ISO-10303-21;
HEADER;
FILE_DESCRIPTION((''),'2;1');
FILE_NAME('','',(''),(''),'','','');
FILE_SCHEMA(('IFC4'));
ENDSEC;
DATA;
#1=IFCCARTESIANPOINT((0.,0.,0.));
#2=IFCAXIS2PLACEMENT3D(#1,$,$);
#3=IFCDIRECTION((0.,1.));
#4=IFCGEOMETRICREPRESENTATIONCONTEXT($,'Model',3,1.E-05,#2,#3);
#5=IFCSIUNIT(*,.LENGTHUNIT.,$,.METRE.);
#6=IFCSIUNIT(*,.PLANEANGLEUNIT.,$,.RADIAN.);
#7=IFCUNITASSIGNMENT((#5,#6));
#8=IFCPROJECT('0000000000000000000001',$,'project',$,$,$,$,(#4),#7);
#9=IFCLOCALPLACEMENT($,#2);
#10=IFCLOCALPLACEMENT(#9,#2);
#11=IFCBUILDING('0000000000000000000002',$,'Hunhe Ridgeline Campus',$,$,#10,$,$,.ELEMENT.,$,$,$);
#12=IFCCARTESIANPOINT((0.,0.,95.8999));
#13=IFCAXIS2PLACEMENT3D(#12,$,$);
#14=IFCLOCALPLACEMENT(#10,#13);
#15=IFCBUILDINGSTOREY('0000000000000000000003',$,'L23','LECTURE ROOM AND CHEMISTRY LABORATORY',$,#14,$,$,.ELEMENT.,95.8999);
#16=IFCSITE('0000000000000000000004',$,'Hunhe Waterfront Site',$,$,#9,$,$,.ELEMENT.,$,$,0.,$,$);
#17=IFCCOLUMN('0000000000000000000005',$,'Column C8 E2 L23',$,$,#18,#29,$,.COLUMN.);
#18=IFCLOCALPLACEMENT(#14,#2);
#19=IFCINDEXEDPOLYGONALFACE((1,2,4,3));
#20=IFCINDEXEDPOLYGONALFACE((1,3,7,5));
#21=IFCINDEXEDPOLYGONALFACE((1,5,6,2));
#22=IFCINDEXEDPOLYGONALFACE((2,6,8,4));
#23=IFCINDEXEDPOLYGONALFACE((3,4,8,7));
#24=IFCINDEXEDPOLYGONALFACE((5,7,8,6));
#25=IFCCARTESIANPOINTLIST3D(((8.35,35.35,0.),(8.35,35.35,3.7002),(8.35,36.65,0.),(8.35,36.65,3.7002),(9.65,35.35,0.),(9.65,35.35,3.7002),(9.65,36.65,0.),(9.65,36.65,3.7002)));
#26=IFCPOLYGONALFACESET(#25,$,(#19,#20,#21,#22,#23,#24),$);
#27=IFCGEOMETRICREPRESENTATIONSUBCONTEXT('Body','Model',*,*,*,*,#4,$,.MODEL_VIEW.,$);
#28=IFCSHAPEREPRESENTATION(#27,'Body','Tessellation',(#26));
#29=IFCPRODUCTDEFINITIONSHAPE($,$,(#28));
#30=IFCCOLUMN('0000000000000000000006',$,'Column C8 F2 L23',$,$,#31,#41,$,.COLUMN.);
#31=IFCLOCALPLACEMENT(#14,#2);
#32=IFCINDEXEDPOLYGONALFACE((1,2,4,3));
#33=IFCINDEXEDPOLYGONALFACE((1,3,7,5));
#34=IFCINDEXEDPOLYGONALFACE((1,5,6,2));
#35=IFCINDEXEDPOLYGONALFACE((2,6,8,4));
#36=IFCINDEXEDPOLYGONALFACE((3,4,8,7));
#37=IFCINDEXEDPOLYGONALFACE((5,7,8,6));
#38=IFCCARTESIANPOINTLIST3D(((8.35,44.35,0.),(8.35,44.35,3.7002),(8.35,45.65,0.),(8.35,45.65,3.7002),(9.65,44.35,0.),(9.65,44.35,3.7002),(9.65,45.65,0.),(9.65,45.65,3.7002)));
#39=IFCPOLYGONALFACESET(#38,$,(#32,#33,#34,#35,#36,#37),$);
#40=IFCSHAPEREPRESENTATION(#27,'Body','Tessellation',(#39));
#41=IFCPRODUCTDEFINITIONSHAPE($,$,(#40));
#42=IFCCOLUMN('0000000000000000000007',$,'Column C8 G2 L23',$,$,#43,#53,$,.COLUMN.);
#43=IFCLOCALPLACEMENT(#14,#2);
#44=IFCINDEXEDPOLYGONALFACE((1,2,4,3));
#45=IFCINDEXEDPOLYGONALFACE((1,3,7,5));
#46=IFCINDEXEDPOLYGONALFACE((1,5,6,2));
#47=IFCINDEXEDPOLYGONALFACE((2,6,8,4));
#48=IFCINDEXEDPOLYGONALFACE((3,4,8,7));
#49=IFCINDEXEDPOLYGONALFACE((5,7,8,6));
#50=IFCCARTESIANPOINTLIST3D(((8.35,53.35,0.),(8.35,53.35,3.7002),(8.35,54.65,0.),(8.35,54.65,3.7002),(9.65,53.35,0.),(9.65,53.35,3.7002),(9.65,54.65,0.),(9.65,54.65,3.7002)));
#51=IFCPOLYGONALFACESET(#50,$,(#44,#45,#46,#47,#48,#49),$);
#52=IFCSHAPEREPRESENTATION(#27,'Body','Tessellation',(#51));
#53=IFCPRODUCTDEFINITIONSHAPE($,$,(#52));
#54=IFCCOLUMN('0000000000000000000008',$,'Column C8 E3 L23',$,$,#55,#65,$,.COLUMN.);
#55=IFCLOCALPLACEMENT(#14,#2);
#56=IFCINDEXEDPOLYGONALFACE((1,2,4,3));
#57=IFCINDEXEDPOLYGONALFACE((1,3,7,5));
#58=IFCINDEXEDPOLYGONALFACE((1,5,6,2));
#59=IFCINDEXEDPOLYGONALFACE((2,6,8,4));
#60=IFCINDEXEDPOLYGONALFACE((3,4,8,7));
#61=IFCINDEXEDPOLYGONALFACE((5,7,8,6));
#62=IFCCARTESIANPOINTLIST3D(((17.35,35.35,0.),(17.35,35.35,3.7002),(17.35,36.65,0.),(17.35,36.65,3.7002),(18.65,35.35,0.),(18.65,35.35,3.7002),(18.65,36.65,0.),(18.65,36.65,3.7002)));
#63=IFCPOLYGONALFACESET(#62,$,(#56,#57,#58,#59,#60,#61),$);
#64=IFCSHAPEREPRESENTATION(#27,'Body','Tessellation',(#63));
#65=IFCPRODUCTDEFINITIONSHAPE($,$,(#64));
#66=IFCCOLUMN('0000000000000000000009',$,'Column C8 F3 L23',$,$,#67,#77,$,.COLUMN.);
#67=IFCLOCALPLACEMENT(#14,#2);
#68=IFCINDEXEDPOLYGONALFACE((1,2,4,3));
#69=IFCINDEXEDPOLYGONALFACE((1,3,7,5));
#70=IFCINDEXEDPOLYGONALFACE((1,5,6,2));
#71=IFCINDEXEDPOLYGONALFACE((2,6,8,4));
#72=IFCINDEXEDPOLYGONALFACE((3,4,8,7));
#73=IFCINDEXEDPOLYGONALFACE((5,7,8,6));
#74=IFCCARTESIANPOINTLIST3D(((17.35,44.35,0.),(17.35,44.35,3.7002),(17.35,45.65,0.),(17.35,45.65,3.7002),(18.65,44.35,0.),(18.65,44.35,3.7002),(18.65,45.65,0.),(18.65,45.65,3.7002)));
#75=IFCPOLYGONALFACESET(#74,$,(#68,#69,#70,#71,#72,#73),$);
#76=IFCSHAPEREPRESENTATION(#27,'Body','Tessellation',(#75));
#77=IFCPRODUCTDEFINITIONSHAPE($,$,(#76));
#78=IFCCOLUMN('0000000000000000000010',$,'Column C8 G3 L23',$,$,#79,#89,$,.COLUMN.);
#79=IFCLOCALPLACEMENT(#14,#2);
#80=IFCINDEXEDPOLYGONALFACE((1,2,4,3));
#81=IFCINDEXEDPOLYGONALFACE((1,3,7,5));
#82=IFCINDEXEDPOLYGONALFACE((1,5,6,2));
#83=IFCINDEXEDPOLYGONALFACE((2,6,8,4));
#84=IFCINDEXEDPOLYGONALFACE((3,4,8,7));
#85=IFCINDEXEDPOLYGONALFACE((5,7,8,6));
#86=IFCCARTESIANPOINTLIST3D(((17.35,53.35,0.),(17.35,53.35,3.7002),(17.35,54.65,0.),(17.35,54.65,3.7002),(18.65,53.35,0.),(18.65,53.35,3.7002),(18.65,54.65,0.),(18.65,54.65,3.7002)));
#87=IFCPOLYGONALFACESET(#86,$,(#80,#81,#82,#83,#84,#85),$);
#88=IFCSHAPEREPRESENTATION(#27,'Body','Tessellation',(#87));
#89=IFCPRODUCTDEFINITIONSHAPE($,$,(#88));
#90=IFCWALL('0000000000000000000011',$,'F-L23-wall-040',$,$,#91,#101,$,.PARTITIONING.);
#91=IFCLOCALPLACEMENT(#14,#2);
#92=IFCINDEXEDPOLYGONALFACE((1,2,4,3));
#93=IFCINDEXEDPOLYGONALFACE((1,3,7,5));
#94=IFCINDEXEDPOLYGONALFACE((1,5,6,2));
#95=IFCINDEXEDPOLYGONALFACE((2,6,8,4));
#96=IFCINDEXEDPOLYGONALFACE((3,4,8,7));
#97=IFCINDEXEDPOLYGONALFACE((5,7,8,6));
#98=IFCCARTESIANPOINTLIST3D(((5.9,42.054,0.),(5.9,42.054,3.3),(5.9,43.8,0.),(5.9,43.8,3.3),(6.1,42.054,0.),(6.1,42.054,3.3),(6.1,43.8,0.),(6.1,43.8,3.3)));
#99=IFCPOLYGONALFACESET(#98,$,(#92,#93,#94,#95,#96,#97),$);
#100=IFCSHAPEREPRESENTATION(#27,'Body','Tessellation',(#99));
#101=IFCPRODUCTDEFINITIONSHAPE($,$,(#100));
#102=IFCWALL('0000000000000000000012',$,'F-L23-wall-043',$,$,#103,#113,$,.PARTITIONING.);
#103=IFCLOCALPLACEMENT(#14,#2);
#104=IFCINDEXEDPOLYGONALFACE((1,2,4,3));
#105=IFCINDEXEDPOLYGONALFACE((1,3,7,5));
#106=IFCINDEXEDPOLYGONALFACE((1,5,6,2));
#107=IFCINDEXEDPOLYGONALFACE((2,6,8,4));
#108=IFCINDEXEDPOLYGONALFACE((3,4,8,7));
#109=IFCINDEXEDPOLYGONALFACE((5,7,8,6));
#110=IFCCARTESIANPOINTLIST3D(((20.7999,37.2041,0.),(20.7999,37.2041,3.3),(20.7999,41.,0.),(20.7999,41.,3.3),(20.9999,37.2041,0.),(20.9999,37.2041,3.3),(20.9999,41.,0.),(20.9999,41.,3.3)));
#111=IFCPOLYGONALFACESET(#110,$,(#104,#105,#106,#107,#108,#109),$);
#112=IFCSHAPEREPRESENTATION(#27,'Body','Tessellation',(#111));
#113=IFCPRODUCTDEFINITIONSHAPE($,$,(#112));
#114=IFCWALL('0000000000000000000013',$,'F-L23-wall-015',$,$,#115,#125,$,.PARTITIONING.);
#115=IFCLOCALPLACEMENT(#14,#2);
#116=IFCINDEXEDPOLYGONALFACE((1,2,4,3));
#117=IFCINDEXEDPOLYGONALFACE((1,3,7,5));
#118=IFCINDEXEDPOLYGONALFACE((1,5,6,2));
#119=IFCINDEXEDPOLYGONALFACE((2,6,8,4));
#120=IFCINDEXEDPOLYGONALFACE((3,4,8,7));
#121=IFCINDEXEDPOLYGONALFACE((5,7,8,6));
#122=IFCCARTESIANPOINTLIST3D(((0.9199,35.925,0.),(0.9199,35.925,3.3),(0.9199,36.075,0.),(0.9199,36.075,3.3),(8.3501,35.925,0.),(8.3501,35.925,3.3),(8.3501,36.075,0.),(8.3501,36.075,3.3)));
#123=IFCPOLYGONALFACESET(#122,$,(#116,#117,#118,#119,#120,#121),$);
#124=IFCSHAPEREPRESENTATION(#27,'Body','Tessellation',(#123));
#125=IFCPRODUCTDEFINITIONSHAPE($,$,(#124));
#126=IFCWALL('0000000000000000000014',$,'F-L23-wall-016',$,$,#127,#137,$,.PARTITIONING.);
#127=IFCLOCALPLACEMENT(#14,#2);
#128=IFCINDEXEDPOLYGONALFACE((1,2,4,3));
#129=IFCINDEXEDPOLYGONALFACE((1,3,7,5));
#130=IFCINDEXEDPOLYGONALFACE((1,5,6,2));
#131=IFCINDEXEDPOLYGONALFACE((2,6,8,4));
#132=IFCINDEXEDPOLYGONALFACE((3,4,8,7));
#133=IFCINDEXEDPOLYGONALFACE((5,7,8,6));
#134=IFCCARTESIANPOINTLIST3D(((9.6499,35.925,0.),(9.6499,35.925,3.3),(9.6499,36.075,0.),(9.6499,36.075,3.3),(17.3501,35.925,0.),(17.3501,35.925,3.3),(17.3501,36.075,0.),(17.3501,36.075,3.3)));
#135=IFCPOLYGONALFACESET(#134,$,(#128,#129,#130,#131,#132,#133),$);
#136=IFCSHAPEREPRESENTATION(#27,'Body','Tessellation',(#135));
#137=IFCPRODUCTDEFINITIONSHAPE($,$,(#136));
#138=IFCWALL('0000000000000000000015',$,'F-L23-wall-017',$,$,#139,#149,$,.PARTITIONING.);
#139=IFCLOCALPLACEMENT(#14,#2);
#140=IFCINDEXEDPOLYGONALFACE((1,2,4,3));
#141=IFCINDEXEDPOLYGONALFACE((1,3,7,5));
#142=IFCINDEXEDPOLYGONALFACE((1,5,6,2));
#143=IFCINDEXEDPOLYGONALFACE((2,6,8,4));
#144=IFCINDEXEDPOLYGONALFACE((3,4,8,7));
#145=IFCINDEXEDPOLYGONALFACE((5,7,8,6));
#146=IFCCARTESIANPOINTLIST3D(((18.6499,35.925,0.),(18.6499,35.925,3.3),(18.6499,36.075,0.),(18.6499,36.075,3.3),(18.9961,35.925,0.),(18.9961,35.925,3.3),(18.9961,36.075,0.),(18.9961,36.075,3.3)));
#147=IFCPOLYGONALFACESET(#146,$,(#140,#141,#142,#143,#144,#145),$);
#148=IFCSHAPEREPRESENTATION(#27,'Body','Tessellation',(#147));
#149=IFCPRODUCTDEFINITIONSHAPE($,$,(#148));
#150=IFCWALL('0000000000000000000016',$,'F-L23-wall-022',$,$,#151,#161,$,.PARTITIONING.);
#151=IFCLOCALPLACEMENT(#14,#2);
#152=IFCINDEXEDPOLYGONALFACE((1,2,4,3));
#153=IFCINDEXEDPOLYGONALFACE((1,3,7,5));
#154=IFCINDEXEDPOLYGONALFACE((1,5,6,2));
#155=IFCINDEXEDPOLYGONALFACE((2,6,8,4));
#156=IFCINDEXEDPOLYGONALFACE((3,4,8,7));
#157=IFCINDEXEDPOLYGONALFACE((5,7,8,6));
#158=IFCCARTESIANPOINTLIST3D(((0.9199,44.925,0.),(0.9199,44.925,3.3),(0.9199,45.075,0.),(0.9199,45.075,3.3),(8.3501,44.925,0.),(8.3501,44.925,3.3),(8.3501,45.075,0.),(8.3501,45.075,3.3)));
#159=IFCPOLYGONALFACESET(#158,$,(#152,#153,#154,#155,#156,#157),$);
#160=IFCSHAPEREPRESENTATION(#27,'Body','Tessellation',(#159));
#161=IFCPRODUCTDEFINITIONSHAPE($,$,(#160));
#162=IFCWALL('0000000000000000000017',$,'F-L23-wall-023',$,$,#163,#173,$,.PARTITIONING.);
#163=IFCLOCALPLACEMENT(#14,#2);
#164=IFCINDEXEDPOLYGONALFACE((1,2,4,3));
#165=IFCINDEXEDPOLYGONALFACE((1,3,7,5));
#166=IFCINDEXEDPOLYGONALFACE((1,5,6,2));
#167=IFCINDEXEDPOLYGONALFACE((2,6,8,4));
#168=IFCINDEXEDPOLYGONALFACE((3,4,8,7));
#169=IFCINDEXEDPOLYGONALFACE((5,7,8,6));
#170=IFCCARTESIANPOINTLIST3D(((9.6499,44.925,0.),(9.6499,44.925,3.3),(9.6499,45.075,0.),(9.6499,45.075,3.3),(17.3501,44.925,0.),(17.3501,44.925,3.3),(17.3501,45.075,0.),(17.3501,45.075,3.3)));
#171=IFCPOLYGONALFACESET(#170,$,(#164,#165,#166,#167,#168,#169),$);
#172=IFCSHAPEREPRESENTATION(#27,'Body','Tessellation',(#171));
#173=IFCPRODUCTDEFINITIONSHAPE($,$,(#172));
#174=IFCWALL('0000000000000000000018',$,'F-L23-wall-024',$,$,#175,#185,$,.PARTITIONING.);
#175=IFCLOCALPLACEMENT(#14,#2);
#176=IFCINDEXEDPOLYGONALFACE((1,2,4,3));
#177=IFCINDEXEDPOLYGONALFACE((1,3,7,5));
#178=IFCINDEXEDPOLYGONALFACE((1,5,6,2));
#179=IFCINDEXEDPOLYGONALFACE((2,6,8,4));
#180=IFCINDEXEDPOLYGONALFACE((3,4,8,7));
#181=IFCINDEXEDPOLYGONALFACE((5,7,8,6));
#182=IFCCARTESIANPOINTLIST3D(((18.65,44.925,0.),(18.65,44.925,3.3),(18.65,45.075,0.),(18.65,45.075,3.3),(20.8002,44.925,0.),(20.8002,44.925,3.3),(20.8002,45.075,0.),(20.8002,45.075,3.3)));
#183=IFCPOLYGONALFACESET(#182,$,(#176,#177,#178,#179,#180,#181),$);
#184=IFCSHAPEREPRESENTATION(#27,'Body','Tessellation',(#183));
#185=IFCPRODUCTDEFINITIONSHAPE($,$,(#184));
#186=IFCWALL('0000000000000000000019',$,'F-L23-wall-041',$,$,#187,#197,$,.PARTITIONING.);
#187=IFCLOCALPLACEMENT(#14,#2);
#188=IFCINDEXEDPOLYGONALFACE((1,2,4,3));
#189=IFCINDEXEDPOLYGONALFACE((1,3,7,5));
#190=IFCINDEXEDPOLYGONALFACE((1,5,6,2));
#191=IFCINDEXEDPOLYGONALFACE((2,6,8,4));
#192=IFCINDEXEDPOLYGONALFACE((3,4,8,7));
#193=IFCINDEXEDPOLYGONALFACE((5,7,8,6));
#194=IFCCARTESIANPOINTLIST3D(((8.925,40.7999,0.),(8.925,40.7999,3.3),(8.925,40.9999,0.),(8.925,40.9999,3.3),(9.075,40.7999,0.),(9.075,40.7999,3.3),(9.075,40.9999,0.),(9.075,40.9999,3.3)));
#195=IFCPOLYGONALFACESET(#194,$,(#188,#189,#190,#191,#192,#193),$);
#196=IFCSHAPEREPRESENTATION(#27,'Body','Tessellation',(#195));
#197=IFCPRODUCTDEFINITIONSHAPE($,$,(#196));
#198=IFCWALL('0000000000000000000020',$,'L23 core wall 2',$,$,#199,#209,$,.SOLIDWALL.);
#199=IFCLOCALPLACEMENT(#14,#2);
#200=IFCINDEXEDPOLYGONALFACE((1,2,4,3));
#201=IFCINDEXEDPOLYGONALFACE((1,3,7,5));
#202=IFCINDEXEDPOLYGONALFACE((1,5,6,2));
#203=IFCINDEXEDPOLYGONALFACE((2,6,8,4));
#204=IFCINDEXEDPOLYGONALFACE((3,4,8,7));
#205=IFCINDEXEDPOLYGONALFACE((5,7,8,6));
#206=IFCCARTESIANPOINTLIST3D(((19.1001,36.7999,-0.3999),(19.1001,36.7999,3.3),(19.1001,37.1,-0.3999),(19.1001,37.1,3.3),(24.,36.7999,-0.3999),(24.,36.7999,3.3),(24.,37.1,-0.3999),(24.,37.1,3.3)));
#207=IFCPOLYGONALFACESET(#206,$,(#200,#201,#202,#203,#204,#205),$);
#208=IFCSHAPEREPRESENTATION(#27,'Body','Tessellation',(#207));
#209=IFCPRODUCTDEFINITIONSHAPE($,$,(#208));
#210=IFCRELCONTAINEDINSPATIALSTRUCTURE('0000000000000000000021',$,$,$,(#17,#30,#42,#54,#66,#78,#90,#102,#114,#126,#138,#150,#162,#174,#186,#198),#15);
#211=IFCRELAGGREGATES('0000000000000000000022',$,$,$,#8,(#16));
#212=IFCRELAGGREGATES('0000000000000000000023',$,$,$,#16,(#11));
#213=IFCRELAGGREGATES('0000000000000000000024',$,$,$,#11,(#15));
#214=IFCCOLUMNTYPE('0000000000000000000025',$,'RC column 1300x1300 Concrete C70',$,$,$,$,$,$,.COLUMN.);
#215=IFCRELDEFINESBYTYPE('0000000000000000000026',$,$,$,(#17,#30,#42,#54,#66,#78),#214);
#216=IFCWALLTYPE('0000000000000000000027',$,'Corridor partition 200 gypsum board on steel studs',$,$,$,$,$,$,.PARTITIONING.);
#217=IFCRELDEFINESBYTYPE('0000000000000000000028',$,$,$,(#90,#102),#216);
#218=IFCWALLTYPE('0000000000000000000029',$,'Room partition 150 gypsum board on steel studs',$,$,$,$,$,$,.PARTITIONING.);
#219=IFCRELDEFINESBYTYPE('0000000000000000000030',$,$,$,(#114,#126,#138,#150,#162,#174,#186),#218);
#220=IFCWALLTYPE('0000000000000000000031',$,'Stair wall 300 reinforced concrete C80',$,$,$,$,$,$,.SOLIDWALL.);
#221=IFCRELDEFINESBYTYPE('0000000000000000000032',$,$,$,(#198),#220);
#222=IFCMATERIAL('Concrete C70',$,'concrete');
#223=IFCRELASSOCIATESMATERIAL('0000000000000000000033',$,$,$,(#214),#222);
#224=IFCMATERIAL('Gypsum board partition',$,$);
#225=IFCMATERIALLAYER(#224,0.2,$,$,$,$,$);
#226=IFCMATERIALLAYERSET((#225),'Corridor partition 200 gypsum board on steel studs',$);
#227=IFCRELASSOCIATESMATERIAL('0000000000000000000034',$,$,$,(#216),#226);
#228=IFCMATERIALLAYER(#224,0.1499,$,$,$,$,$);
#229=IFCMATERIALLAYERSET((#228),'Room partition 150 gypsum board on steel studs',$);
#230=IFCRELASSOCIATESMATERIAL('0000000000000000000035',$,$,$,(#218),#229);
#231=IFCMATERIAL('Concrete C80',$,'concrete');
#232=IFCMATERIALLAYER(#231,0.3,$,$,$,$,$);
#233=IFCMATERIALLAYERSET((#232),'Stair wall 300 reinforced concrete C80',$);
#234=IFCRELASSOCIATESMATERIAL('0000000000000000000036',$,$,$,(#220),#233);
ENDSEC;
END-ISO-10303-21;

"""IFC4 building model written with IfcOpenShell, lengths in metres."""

from ifc_helpers import new_model, si_unit, direction, frame, frame_2d, origin, origin_2d, place, context, subcontext, project, spatial, rectangle, extrude, material, layer, layer_set, material_profile, profile_set, type_object, element, save


model = new_model("IFC4")

# Units and contexts
model_context = context("Model", 3, precision=1e-05, world=origin(), true_north=direction((0.0, 1.0)))
body_context = subcontext(model_context, "Body", "Model", "MODEL_VIEW")
ifc_project = project(units=[si_unit("LENGTHUNIT", "METRE"), si_unit("PLANEANGLEUNIT", "RADIAN")], contexts=[model_context])

# Site, building, storey
site_placement = place(None, origin())
site = spatial("IfcSite", under=ifc_project, at=site_placement, Name="Hunhe Waterfront Site", CompositionType="ELEMENT", RefElevation=0.0)
building_placement = place(site_placement, origin())
building = spatial("IfcBuilding", under=site, at=building_placement, Name="Hunhe Ridgeline Campus", CompositionType="ELEMENT")
storey_placement = place(building_placement, frame((0.0, 0.0, 95.8999)))
storey = spatial("IfcBuildingStorey", under=building, at=storey_placement, Name="L23", Description="LECTURE ROOM AND CHEMISTRY LABORATORY", CompositionType="ELEMENT", Elevation=95.8999)

# Columns
ifc_material_1 = material(Name="Concrete C70", Category="concrete")
ifc_material_profile = material_profile(ifc_material_1, rectangle(XDim=1.3, YDim=1.3, at=origin_2d()))
ifc_profile_set = profile_set([ifc_material_profile], Name="Concrete C70")
column_type = type_object("IfcColumnType", Name="RC column 1300x1300 Concrete C70", PredefinedType="COLUMN", material=ifc_profile_set)
for number, where, z_axis, x_axis, name in (
    (1, (9.0, 36.0, 0.0), (0.0, 0.0, 1.0), (1.0, 0.0, 0.0), "Column C8 E2 L23"),
    (2, (9.0, 45.0, 0.0), (0.0, 0.0, 1.0), (1.0, 0.0, 0.0), "Column C8 F2 L23"),
    (3, (9.0, 54.0, 0.0), (0.0, 0.0, 1.0), (1.0, 0.0, 0.0), "Column C8 G2 L23"),
    (4, (18.0, 36.0, 0.0), (0.0, 0.0, 1.0), (1.0, 0.0, 0.0), "Column C8 E3 L23"),
    (5, (18.0, 45.0, 0.0), (0.0, 0.0, 1.0), (1.0, 0.0, 0.0), "Column C8 F3 L23"),
    (6, (18.0, 54.0, 0.0), (0.0, 0.0, 1.0), (1.0, 0.0, 0.0), "Column C8 G3 L23"),
):
    element("IfcColumn", number, at=place(storey_placement, frame(where, z_axis=z_axis, x_axis=x_axis)), inside=storey, type_object=column_type, Name=name, PredefinedType="COLUMN", context=body_context, shape_type="SweptSolid", body=[
        extrude(rectangle(XDim=1.3, YDim=1.3, at=origin_2d()), origin(), (0.0, 0.0, 1.0), 3.7002),
    ])

# Shared definitions
ifc_material_2 = material(Name="Gypsum board partition")
ifc_layer_1 = layer(ifc_material_2, 0.2)
ifc_layer_set_1 = layer_set([ifc_layer_1], Name="Corridor partition 200 gypsum board on steel studs")
wall_type_1 = type_object("IfcWallType", Name="Corridor partition 200 gypsum board on steel studs", PredefinedType="PARTITIONING", material=ifc_layer_set_1)

# Walls
wall_1_placement = place(storey_placement, frame((6.0, 42.054, 0.0), z_axis=(0.0, 0.0, 1.0), x_axis=(0.0, 1.0, 0.0)))
element("IfcWall", 7, at=wall_1_placement, inside=storey, type_object=wall_type_1, Name="F-L23-wall-040", PredefinedType="PARTITIONING", context=body_context, shape_type="SweptSolid", body=[
    extrude(rectangle(XDim=1.7461, YDim=0.2, at=frame_2d((0.873, 0.0))), origin(), (0.0, 0.0, 1.0), 3.3),
])
wall_2_placement = place(storey_placement, frame((20.8999, 37.2041, 0.0), z_axis=(0.0, 0.0, 1.0), x_axis=(0.0, 1.0, 0.0)))
element("IfcWall", 8, at=wall_2_placement, inside=storey, type_object=wall_type_1, Name="F-L23-wall-043", PredefinedType="PARTITIONING", context=body_context, shape_type="SweptSolid", body=[
    extrude(rectangle(XDim=3.7959, YDim=0.2, at=frame_2d((1.8979, 0.0))), origin(), (0.0, 0.0, 1.0), 3.3),
])
ifc_layer_2 = layer(ifc_material_2, 0.1499)
ifc_layer_set_2 = layer_set([ifc_layer_2], Name="Room partition 150 gypsum board on steel studs")
wall_type_2 = type_object("IfcWallType", Name="Room partition 150 gypsum board on steel studs", PredefinedType="PARTITIONING", material=ifc_layer_set_2)
wall_3_placement = place(storey_placement, frame((0.9199, 36.0, 0.0), z_axis=(0.0, 0.0, 1.0), x_axis=(1.0, 0.0, 0.0)))
element("IfcWall", 9, at=wall_3_placement, inside=storey, type_object=wall_type_2, Name="F-L23-wall-015", PredefinedType="PARTITIONING", context=body_context, shape_type="SweptSolid", body=[
    extrude(rectangle(XDim=7.4302, YDim=0.1499, at=frame_2d((3.7151, 0.0))), origin(), (0.0, 0.0, 1.0), 3.3),
])
wall_4_placement = place(storey_placement, frame((9.6499, 36.0, 0.0), z_axis=(0.0, 0.0, 1.0), x_axis=(1.0, 0.0, 0.0)))
element("IfcWall", 10, at=wall_4_placement, inside=storey, type_object=wall_type_2, Name="F-L23-wall-016", PredefinedType="PARTITIONING", context=body_context, shape_type="SweptSolid", body=[
    extrude(rectangle(XDim=7.7002, YDim=0.1499, at=frame_2d((3.8501, 0.0))), origin(), (0.0, 0.0, 1.0), 3.3),
])
wall_5_placement = place(storey_placement, frame((18.6499, 36.0, 0.0), z_axis=(0.0, 0.0, 1.0), x_axis=(1.0, 0.0, 0.0)))
element("IfcWall", 11, at=wall_5_placement, inside=storey, type_object=wall_type_2, Name="F-L23-wall-017", PredefinedType="PARTITIONING", context=body_context, shape_type="SweptSolid", body=[
    extrude(rectangle(XDim=0.3462, YDim=0.1499, at=frame_2d((0.1731, 0.0))), origin(), (0.0, 0.0, 1.0), 3.3),
])
wall_6_placement = place(storey_placement, frame((0.9199, 45.0, 0.0), z_axis=(0.0, 0.0, 1.0), x_axis=(1.0, 0.0, 0.0)))
element("IfcWall", 12, at=wall_6_placement, inside=storey, type_object=wall_type_2, Name="F-L23-wall-022", PredefinedType="PARTITIONING", context=body_context, shape_type="SweptSolid", body=[
    extrude(rectangle(XDim=7.4302, YDim=0.1499, at=frame_2d((3.7151, 0.0))), origin(), (0.0, 0.0, 1.0), 3.3),
])
wall_7_placement = place(storey_placement, frame((9.6499, 45.0, 0.0), z_axis=(0.0, 0.0, 1.0), x_axis=(1.0, 0.0, 0.0)))
element("IfcWall", 13, at=wall_7_placement, inside=storey, type_object=wall_type_2, Name="F-L23-wall-023", PredefinedType="PARTITIONING", context=body_context, shape_type="SweptSolid", body=[
    extrude(rectangle(XDim=7.7002, YDim=0.1499, at=frame_2d((3.8501, 0.0))), origin(), (0.0, 0.0, 1.0), 3.3),
])
wall_8_placement = place(storey_placement, frame((18.6499, 45.0, 0.0), z_axis=(0.0, 0.0, 1.0), x_axis=(1.0, 0.0, 0.0)))
element("IfcWall", 14, at=wall_8_placement, inside=storey, type_object=wall_type_2, Name="F-L23-wall-024", PredefinedType="PARTITIONING", context=body_context, shape_type="SweptSolid", body=[
    extrude(rectangle(XDim=2.1501, YDim=0.1499, at=frame_2d((1.0752, 0.0))), origin(), (0.0, 0.0, 1.0), 3.3),
])
wall_9_placement = place(storey_placement, frame((9.0, 41.0, 0.0), z_axis=(0.0, 0.0, 1.0), x_axis=(0.0, -1.0, 0.0)))
element("IfcWall", 15, at=wall_9_placement, inside=storey, type_object=wall_type_2, Name="F-L23-wall-041", PredefinedType="PARTITIONING", context=body_context, shape_type="SweptSolid", body=[
    extrude(rectangle(XDim=0.2, YDim=0.1499, at=frame_2d((0.1001, 0.0))), origin(), (0.0, 0.0, 1.0), 3.3),
])
ifc_material_3 = material(Name="Concrete C80", Category="concrete")
ifc_layer_3 = layer(ifc_material_3, 0.3)
ifc_layer_set_3 = layer_set([ifc_layer_3], Name="Stair wall 300 reinforced concrete C80")
wall_type_3 = type_object("IfcWallType", Name="Stair wall 300 reinforced concrete C80", PredefinedType="SOLIDWALL", material=ifc_layer_set_3)
wall_10_placement = place(storey_placement, frame((19.1001, 36.95, -0.3999), z_axis=(0.0, 0.0, 1.0), x_axis=(1.0, 0.0, 0.0)))
element("IfcWall", 16, at=wall_10_placement, inside=storey, type_object=wall_type_3, Name="L23 core wall 2", PredefinedType="SOLIDWALL", context=body_context, shape_type="SweptSolid", body=[
    extrude(rectangle(XDim=4.8999, YDim=0.3, at=frame_2d((2.45, 0.0))), origin(), (0.0, 0.0, 1.0), 3.7),
])

save(model, "model.ifc")
